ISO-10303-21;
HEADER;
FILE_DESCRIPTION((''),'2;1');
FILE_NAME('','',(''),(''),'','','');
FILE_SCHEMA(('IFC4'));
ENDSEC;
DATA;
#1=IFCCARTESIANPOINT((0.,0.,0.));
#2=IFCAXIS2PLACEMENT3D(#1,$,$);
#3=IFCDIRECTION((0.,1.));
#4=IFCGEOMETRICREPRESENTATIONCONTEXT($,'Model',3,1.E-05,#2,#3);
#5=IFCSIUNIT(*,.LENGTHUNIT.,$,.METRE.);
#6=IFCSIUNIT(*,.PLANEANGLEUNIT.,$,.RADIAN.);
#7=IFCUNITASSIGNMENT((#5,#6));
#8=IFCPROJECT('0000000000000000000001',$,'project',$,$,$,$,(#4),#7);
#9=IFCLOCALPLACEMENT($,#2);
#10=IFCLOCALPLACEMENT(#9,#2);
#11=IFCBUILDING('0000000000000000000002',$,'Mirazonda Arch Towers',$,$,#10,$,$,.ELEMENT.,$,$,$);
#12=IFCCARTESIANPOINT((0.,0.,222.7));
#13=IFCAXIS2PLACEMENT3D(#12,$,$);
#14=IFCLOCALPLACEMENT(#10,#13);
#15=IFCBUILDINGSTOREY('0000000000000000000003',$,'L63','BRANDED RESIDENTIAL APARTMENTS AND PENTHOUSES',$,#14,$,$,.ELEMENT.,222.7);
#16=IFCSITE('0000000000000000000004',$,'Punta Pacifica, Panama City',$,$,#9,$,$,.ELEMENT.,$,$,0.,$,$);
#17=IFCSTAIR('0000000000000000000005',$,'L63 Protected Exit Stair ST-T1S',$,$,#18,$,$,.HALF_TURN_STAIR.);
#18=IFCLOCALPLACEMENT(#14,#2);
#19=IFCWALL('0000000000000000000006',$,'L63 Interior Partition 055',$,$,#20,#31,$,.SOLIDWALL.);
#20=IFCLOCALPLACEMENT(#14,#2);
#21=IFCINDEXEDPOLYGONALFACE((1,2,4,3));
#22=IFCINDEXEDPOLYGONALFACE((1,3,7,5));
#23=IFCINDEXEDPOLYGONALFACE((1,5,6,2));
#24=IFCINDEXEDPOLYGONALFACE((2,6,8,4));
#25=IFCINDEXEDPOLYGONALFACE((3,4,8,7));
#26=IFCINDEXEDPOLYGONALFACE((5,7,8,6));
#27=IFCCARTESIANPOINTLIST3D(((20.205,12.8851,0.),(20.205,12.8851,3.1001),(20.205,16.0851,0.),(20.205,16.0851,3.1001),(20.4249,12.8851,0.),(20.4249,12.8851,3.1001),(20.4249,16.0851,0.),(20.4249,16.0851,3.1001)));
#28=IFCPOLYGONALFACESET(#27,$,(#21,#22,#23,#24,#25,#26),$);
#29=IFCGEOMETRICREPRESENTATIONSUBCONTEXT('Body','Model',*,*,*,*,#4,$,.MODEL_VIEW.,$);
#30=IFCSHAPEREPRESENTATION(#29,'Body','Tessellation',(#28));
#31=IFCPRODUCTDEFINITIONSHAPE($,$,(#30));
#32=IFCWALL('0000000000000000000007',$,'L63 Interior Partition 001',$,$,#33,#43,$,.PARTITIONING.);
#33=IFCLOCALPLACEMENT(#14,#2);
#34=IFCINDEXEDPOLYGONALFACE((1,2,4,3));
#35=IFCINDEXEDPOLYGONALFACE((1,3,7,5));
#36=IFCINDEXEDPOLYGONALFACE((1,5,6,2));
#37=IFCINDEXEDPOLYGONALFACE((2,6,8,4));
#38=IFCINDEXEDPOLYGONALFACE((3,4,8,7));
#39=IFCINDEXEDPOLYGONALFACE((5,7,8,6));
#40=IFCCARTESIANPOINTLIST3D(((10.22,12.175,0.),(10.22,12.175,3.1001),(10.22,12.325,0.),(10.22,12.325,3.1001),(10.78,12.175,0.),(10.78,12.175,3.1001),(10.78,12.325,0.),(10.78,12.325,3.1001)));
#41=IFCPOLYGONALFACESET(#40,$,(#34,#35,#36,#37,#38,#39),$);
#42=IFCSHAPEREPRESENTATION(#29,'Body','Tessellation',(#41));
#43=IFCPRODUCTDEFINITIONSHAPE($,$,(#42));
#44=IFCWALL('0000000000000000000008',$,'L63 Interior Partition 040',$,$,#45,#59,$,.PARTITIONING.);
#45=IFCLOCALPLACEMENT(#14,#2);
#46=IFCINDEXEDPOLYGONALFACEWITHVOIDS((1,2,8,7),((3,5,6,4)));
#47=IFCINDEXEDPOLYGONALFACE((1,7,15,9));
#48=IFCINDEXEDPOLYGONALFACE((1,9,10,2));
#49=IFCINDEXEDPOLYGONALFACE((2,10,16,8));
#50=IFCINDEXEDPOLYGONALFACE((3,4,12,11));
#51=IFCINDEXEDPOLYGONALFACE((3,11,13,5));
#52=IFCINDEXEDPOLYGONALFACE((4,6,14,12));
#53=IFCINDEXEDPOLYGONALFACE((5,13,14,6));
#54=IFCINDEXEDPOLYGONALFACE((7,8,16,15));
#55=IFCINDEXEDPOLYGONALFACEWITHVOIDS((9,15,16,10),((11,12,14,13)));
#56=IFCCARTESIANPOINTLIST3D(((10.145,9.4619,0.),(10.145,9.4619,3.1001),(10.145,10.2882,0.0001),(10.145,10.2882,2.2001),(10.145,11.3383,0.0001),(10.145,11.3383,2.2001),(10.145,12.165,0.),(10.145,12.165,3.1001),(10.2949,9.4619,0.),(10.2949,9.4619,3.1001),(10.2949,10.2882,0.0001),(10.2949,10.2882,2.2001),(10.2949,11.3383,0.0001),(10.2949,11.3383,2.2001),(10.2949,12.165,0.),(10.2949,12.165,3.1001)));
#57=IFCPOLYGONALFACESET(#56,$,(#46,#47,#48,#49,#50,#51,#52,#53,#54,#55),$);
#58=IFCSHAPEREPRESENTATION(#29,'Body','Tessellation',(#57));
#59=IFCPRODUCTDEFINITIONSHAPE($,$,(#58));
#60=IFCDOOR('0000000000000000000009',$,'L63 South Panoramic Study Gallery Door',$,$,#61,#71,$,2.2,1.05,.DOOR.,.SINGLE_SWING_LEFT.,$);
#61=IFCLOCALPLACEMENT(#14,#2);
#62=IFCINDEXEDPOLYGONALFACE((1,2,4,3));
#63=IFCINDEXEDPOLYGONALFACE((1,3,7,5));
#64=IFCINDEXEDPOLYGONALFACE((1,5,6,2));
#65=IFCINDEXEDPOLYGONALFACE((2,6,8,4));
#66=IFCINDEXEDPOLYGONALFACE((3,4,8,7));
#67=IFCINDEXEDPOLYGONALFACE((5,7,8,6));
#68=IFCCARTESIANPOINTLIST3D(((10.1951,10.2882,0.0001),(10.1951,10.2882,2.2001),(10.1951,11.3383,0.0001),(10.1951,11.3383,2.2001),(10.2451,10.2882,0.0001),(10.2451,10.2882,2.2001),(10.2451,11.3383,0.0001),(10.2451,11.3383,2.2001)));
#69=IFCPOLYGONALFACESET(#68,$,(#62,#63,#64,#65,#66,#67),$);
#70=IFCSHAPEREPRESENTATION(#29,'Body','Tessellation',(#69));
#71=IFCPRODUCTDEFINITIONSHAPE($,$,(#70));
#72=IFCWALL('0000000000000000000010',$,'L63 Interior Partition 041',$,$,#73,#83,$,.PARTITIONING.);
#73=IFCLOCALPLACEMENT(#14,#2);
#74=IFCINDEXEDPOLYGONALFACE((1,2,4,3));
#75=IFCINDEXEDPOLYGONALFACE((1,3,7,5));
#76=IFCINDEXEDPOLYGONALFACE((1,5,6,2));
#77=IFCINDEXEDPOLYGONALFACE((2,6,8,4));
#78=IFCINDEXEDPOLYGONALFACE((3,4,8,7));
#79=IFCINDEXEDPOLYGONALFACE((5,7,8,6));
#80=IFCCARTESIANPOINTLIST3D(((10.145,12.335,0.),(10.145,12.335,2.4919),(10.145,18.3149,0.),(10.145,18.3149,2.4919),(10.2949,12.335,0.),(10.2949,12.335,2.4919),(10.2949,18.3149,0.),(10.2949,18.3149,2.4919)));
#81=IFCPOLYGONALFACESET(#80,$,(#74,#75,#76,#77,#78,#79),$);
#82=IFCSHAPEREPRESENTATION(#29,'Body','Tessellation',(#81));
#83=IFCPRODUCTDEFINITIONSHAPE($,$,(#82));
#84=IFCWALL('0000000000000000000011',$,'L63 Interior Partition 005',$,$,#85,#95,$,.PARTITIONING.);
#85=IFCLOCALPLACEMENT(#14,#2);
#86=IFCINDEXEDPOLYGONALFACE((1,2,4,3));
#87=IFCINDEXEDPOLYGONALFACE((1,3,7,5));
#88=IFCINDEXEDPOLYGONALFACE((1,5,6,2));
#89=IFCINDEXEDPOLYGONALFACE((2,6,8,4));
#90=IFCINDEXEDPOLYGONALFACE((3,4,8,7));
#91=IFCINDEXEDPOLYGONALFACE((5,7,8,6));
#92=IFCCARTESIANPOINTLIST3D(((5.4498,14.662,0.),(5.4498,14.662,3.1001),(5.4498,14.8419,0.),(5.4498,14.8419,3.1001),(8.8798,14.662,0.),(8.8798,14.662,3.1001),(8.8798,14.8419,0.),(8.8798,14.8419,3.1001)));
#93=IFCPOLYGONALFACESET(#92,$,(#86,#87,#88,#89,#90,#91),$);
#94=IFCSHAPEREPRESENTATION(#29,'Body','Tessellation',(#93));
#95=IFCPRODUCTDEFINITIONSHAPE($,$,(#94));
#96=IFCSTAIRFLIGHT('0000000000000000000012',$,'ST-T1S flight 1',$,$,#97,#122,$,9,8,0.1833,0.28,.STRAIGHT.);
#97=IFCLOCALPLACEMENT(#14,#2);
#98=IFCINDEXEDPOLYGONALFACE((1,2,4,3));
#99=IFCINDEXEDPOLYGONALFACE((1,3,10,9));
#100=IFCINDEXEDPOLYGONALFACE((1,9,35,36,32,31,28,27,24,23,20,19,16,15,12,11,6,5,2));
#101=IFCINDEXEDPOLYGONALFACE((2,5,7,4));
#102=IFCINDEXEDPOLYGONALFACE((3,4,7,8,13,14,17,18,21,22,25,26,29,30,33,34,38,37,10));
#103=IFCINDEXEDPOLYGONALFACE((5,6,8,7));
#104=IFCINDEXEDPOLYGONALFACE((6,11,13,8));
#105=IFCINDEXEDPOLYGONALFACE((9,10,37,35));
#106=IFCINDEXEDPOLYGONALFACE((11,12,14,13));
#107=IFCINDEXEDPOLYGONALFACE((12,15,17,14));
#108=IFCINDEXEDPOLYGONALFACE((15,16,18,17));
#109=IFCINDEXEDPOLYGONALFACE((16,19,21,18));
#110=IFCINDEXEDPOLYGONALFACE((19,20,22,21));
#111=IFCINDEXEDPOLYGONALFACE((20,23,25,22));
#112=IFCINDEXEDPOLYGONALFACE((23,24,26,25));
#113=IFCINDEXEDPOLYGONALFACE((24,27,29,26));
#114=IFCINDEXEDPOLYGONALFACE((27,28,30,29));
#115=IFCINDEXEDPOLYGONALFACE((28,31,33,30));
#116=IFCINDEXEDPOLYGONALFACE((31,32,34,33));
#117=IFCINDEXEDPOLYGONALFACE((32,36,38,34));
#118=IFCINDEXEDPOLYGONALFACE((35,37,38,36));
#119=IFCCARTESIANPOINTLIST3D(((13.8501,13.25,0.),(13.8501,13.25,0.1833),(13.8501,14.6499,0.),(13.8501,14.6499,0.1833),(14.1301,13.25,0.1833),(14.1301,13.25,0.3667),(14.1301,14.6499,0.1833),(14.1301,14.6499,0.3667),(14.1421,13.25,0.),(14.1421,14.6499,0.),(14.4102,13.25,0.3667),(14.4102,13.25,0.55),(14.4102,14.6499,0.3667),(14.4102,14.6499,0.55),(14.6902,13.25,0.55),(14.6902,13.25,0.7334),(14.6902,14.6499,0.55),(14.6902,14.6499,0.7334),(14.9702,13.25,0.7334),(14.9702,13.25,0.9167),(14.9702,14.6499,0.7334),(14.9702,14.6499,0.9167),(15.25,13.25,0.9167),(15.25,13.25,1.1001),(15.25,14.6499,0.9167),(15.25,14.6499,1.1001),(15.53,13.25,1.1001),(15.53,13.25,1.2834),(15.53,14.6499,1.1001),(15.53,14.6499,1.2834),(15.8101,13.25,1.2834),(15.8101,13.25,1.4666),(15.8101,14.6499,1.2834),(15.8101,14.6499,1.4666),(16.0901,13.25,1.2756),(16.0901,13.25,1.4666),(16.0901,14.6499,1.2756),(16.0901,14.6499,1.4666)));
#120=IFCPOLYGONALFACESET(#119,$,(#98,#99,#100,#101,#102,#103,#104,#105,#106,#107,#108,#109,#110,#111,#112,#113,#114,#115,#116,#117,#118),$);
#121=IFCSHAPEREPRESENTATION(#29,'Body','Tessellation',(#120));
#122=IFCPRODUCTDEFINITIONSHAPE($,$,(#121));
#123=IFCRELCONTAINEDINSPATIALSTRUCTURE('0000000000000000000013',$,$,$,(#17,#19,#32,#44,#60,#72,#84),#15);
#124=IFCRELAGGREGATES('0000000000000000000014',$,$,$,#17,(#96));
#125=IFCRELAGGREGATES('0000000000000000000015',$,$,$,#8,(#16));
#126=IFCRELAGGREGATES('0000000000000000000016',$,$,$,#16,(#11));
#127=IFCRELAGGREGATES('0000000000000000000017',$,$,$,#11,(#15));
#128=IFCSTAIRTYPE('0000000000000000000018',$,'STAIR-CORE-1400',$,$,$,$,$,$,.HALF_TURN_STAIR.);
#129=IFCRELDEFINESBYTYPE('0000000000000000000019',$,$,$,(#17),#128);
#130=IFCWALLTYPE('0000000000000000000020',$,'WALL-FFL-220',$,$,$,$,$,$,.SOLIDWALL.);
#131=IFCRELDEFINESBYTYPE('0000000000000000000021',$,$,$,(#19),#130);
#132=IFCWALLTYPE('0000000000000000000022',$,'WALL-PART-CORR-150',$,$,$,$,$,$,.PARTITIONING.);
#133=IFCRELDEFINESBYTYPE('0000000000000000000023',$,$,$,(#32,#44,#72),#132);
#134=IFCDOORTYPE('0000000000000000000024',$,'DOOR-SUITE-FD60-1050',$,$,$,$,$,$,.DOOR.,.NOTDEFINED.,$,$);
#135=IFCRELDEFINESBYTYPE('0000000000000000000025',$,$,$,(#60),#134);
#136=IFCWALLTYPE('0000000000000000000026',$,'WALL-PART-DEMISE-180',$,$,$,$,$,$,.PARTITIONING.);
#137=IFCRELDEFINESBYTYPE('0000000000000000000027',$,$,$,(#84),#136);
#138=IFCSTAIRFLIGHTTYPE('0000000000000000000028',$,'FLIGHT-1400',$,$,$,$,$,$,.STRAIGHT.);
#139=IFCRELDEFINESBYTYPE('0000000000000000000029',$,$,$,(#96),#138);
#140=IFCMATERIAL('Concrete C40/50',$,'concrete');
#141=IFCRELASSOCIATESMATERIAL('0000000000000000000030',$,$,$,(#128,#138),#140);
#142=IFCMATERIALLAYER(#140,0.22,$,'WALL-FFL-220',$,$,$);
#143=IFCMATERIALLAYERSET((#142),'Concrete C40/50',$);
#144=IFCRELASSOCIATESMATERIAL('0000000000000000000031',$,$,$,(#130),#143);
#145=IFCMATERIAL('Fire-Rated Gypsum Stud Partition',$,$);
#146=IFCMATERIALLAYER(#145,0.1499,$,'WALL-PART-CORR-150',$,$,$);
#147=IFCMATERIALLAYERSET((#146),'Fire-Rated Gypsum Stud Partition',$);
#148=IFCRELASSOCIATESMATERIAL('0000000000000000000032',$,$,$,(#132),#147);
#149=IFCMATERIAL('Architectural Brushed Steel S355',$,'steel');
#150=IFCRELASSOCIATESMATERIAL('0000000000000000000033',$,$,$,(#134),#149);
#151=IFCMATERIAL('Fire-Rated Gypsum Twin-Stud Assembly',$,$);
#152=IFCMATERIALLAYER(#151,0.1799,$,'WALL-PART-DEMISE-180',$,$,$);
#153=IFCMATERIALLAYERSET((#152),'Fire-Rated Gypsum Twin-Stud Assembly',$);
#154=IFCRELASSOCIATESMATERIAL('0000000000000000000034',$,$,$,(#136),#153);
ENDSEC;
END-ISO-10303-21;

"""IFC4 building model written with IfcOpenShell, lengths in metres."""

from ifc_helpers import new_model, si_unit, direction, frame, frame_2d, origin, place, context, subcontext, project, spatial, polyline, rectangle, outline, extrude, material, layer, layer_set, type_object, element, fill, aggregate, save


model = new_model("IFC4")

# Units and contexts
model_context = context("Model", 3, precision=1e-05, world=origin(), true_north=direction((0.0, 1.0)))
body_context = subcontext(model_context, "Body", "Model", "MODEL_VIEW")
ifc_project = project(units=[si_unit("LENGTHUNIT", "METRE"), si_unit("PLANEANGLEUNIT", "RADIAN")], contexts=[model_context])

# Site, building, storey
site_placement = place(None, origin())
site = spatial("IfcSite", under=ifc_project, at=site_placement, Name="Punta Pacifica, Panama City", CompositionType="ELEMENT", RefElevation=0.0)
building_placement = place(site_placement, origin())
building = spatial("IfcBuilding", under=site, at=building_placement, Name="Mirazonda Arch Towers", CompositionType="ELEMENT")
storey_placement = place(building_placement, frame((0.0, 0.0, 222.7)))
storey = spatial("IfcBuildingStorey", under=building, at=storey_placement, Name="L63", Description="BRANDED RESIDENTIAL APARTMENTS AND PENTHOUSES", CompositionType="ELEMENT", Elevation=222.7)

# Stair
ifc_material_1 = material(Name="Concrete C40/50", Category="concrete")
stair_type = type_object("IfcStairType", Name="STAIR-CORE-1400", PredefinedType="HALF_TURN_STAIR", material=ifc_material_1)
stair_1_placement = place(storey_placement, origin())
stair_1 = element("IfcStair", 1, at=stair_1_placement, inside=storey, type_object=stair_type, Name="L63 Protected Exit Stair ST-T1S", PredefinedType="HALF_TURN_STAIR")

# Walls
ifc_layer_1 = layer(ifc_material_1, 0.22, Name="WALL-FFL-220")
ifc_layer_set_1 = layer_set([ifc_layer_1], Name="Concrete C40/50")
wall_type_1 = type_object("IfcWallType", Name="WALL-FFL-220", PredefinedType="SOLIDWALL", material=ifc_layer_set_1)
wall_1_placement = place(storey_placement, frame((20.3149, 12.885, 0.0), z_axis=(0.0, 0.0, 1.0), x_axis=(0.0, 1.0, 0.0)))
element("IfcWall", 2, at=wall_1_placement, inside=storey, type_object=wall_type_1, Name="L63 Interior Partition 055", PredefinedType="SOLIDWALL", context=body_context, shape_type="SweptSolid", body=[
    extrude(rectangle(XDim=3.2, YDim=0.22, at=frame_2d((1.6001, 0.0))), origin(), (0.0, 0.0, 1.0), 3.1001),
])
ifc_material_2 = material(Name="Fire-Rated Gypsum Stud Partition")
ifc_layer_2 = layer(ifc_material_2, 0.1499, Name="WALL-PART-CORR-150")
ifc_layer_set_2 = layer_set([ifc_layer_2], Name="Fire-Rated Gypsum Stud Partition")
wall_type_2 = type_object("IfcWallType", Name="WALL-PART-CORR-150", PredefinedType="PARTITIONING", material=ifc_layer_set_2)
wall_2_placement = place(storey_placement, frame((10.22, 12.25, 0.0), z_axis=(0.0, 0.0, 1.0), x_axis=(1.0, 0.0, 0.0)))
element("IfcWall", 3, at=wall_2_placement, inside=storey, type_object=wall_type_2, Name="L63 Interior Partition 001", PredefinedType="PARTITIONING", context=body_context, shape_type="SweptSolid", body=[
    extrude(rectangle(XDim=0.5601, YDim=0.1499, at=frame_2d((0.28, 0.0))), origin(), (0.0, 0.0, 1.0), 3.1001),
])

# Wall, opening, door
wall_3_placement = place(storey_placement, frame((10.22, 9.4619, 0.0), z_axis=(0.0, 0.0, 1.0), x_axis=(0.0, 1.0, 0.0)))
wall_3 = element("IfcWall", 4, at=wall_3_placement, inside=storey, type_object=wall_type_2, Name="L63 Interior Partition 040", PredefinedType="PARTITIONING", context=body_context, shape_type="SweptSolid", body=[
    extrude(rectangle(XDim=2.7031, YDim=0.1499, at=frame_2d((1.3516, 0.0))), origin(), (0.0, 0.0, 1.0), 3.1001),
])
opening_1_placement = place(wall_3_placement, frame((0.8264, 0.0, 0.0)))
opening_1 = element("IfcOpeningElement", 5, at=opening_1_placement, cuts=wall_3, PredefinedType="OPENING", context=body_context, shape_type="SweptSolid", body=[
    extrude(rectangle(XDim=1.05, YDim=2.2, at=frame_2d((0.5249, 1.1001))), frame((0.0, 0.085, 0.0), z_axis=(0.0, -1.0, 0.0), x_axis=(1.0, 0.0, 0.0)), (0.0, 0.0, 1.0), 0.1699),
])
ifc_material_3 = material(Name="Architectural Brushed Steel S355", Category="steel")
door_type_1 = type_object("IfcDoorType", Name="DOOR-SUITE-FD60-1050", OperationType="NOTDEFINED", PredefinedType="DOOR", material=ifc_material_3)
door_1_placement = place(opening_1_placement, origin())
door_1 = element("IfcDoor", 6, at=door_1_placement, inside=storey, type_object=door_type_1, Name="L63 South Panoramic Study Gallery Door", OperationType="SINGLE_SWING_LEFT", OverallHeight=2.2, OverallWidth=1.05, PredefinedType="DOOR", context=body_context, shape_type="SweptSolid", body=[
    extrude(rectangle(XDim=1.05, YDim=2.2, at=frame_2d((0.5249, 1.1001))), frame((0.0, 0.0249, 0.0), z_axis=(0.0, -1.0, 0.0), x_axis=(1.0, 0.0, 0.0)), (0.0, 0.0, 1.0), 0.05),
])
fill(opening_1, door_1)

# Walls
wall_4_placement = place(storey_placement, frame((10.22, 12.335, 0.0), z_axis=(0.0, 0.0, 1.0), x_axis=(0.0, 1.0, 0.0)))
element("IfcWall", 7, at=wall_4_placement, inside=storey, type_object=wall_type_2, Name="L63 Interior Partition 041", PredefinedType="PARTITIONING", context=body_context, shape_type="SweptSolid", body=[
    extrude(rectangle(XDim=5.98, YDim=0.1499, at=frame_2d((2.99, 0.0))), origin(), (0.0, 0.0, 1.0), 2.4919),
])
ifc_material_4 = material(Name="Fire-Rated Gypsum Twin-Stud Assembly")
ifc_layer_3 = layer(ifc_material_4, 0.1799, Name="WALL-PART-DEMISE-180")
ifc_layer_set_3 = layer_set([ifc_layer_3], Name="Fire-Rated Gypsum Twin-Stud Assembly")
wall_type_3 = type_object("IfcWallType", Name="WALL-PART-DEMISE-180", PredefinedType="PARTITIONING", material=ifc_layer_set_3)
wall_5_placement = place(storey_placement, frame((5.45, 14.752, 0.0), z_axis=(0.0, 0.0, 1.0), x_axis=(1.0, 0.0, 0.0)))
element("IfcWall", 8, at=wall_5_placement, inside=storey, type_object=wall_type_3, Name="L63 Interior Partition 005", PredefinedType="PARTITIONING", context=body_context, shape_type="SweptSolid", body=[
    extrude(rectangle(XDim=3.4299, YDim=0.1799, at=frame_2d((1.7148, 0.0))), origin(), (0.0, 0.0, 1.0), 3.1001),
])

# Stair flight
stair_flight_type = type_object("IfcStairFlightType", Name="FLIGHT-1400", PredefinedType="STRAIGHT", material=ifc_material_1)
stair_flight_placement = place(storey_placement, frame((13.8501, 13.95, 0.0), z_axis=(0.0, 0.0, 1.0), x_axis=(1.0, 0.0, 0.0)))
stair_flight = element("IfcStairFlight", 9, at=stair_flight_placement, type_object=stair_flight_type, Name="ST-T1S flight 1", NumberOfRisers=9, NumberOfTreads=8, PredefinedType="STRAIGHT", RiserHeight=0.1833, TreadLength=0.28, context=body_context, shape_type="SweptSolid", body=[
    extrude(outline(polyline([(0.0, 0.0), (0.0, 0.1833), (0.28, 0.1833), (0.28, 0.3667), (0.5601, 0.3667), (0.5601, 0.55), (0.8401, 0.55), (0.8401, 0.7334), (1.1201, 0.7334), (1.1201, 0.9167), (1.3999, 0.9167), (1.3999, 1.1001), (1.6799, 1.1001), (1.6799, 1.2834), (1.96, 1.2834), (1.96, 1.4666), (2.24, 1.4666), (2.24, 1.6499), (2.24, 1.2756), (0.292, 0.0), (0.0, 0.0)])), frame((0.0, 0.7, 0.0), z_axis=(0.0, -1.0, 0.0), x_axis=(1.0, 0.0, 0.0)), (0.0, 0.0, 1.0), 1.3999),
])
aggregate(stair_1, [stair_flight])

save(model, "model.ifc")
